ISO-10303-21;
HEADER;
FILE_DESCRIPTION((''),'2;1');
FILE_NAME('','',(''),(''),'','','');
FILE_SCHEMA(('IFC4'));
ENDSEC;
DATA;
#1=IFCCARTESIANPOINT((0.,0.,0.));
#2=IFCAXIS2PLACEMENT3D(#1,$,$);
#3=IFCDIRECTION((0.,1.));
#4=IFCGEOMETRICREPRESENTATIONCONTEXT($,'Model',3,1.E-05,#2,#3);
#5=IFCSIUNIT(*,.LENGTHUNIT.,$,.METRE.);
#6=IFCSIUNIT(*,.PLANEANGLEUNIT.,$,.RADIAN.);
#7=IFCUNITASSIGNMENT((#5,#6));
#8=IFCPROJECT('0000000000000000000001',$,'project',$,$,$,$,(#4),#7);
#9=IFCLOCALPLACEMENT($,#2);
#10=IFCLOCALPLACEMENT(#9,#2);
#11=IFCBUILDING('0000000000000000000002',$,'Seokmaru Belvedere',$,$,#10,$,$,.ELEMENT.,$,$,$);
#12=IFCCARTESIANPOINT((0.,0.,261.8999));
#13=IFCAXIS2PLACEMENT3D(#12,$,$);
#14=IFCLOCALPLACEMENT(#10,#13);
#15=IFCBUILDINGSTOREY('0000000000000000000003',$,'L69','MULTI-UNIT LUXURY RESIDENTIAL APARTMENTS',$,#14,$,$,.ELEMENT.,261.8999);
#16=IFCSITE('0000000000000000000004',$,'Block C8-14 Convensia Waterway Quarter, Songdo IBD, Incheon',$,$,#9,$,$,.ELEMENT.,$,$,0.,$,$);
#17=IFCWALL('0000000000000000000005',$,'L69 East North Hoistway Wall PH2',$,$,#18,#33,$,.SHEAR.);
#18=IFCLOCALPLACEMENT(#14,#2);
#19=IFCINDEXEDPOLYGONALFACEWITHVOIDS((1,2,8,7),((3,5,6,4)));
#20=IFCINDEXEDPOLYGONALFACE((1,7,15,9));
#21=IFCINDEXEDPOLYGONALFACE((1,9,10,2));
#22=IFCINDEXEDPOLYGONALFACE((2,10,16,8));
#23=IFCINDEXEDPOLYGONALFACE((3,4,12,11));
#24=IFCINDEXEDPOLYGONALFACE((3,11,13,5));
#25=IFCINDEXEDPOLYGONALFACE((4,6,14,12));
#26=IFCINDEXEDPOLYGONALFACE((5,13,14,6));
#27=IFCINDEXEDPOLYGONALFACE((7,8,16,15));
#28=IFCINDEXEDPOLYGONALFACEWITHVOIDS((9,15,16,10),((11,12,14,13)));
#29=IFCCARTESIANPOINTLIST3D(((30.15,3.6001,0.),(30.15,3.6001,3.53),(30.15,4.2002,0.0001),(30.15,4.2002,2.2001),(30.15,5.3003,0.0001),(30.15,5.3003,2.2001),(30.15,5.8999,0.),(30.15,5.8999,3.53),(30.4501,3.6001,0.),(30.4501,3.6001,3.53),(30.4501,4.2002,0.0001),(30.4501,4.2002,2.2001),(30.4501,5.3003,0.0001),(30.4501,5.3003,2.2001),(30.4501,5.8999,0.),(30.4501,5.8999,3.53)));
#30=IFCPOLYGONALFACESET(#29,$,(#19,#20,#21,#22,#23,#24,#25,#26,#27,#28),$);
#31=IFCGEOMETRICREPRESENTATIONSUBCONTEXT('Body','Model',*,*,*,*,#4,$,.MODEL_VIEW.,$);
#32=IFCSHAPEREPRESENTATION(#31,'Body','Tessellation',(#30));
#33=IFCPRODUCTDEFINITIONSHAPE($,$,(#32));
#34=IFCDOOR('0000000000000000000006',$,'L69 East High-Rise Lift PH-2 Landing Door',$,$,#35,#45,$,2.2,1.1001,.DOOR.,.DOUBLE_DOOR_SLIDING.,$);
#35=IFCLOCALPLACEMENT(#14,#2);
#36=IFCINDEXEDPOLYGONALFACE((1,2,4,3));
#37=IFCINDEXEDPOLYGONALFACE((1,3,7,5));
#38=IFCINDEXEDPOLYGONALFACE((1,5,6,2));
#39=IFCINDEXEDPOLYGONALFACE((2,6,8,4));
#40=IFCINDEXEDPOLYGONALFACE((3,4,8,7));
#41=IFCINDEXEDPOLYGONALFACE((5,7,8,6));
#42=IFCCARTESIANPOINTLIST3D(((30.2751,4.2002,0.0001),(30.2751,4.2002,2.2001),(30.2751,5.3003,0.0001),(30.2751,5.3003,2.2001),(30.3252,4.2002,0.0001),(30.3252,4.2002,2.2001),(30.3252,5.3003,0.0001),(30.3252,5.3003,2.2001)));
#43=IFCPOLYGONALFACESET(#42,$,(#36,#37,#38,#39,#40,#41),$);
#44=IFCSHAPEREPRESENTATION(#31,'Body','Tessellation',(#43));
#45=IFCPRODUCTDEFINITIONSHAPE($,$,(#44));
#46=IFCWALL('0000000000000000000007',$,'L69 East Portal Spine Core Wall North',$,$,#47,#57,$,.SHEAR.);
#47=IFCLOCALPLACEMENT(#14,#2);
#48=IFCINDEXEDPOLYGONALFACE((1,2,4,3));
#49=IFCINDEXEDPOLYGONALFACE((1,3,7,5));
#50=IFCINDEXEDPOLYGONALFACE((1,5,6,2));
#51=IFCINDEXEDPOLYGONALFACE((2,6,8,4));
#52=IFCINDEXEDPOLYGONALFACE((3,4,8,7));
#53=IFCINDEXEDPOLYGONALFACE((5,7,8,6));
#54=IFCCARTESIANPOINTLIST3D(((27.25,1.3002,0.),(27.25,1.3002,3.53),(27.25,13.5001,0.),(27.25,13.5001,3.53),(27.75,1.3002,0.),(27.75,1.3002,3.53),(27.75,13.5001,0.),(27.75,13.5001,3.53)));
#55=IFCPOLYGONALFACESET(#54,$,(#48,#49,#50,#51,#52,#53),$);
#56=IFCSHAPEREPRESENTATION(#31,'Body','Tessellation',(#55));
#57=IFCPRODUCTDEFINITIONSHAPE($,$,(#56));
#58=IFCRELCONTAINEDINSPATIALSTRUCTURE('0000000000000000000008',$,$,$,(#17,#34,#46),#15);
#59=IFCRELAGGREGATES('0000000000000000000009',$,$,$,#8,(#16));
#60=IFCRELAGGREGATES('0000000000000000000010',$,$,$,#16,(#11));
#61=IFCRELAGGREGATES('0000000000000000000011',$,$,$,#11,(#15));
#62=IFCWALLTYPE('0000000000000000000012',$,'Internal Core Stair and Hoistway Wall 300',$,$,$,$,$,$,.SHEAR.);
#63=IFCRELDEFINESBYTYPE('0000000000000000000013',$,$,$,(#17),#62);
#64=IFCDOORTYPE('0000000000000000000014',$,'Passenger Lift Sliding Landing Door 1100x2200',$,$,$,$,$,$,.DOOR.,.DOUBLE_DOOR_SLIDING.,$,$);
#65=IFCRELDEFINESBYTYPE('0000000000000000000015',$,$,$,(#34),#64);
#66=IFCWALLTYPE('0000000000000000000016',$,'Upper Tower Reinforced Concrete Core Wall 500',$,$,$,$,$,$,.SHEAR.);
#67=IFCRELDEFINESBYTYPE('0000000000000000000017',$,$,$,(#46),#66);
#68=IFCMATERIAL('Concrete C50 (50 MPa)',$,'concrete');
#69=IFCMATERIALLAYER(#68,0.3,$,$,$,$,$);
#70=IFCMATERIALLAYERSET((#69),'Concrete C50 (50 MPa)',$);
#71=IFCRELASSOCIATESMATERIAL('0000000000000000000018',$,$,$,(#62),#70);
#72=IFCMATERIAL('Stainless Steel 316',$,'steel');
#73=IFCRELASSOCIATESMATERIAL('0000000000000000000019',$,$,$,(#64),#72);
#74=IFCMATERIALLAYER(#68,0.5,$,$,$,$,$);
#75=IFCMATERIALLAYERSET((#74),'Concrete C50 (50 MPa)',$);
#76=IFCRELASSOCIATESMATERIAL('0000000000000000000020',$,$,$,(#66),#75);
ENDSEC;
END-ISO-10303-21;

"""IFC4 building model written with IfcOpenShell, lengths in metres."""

from ifc_helpers import new_model, si_unit, direction, frame, frame_2d, origin, place, context, subcontext, project, spatial, rectangle, extrude, source, transform, mapped, material, layer, layer_set, type_object, type_shapes, element, fill, save


model = new_model("IFC4")

# Units and contexts
model_context = context("Model", 3, precision=1e-05, world=origin(), true_north=direction((0.0, 1.0)))
body_context = subcontext(model_context, "Body", "Model", "MODEL_VIEW")
ifc_project = project(units=[si_unit("LENGTHUNIT", "METRE"), si_unit("PLANEANGLEUNIT", "RADIAN")], contexts=[model_context])

# Site, building, storey
site_placement = place(None, origin())
site = spatial("IfcSite", under=ifc_project, at=site_placement, Name="Block C8-14 Convensia Waterway Quarter, Songdo IBD, Incheon", CompositionType="ELEMENT", RefElevation=0.0)
building_placement = place(site_placement, origin())
building = spatial("IfcBuilding", under=site, at=building_placement, Name="Seokmaru Belvedere", CompositionType="ELEMENT")
storey_placement = place(building_placement, frame((0.0, 0.0, 261.8999)))
storey = spatial("IfcBuildingStorey", under=building, at=storey_placement, Name="L69", Description="MULTI-UNIT LUXURY RESIDENTIAL APARTMENTS", CompositionType="ELEMENT", Elevation=261.8999)

# Shared definitions
ifc_material_1 = material(Name="Concrete C50 (50 MPa)", Category="concrete")

# Wall, opening, door
ifc_layer_1 = layer(ifc_material_1, 0.3)
ifc_layer_set_1 = layer_set([ifc_layer_1], Name="Concrete C50 (50 MPa)")
wall_type_1 = type_object("IfcWallType", Name="Internal Core Stair and Hoistway Wall 300", PredefinedType="SHEAR", material=ifc_layer_set_1)
ifc_material_2 = material(Name="Stainless Steel 316", Category="steel")
door_type_1 = type_object("IfcDoorType", Name="Passenger Lift Sliding Landing Door 1100x2200", OperationType="DOUBLE_DOOR_SLIDING", PredefinedType="DOOR", material=ifc_material_2)
shared_shape_1 = source(origin(), body_context, "Body", "SweptSolid", [
    extrude(rectangle(XDim=1.1001, YDim=2.2, at=frame_2d((0.55, 1.1001))), frame((0.0, 0.0249, 0.0), z_axis=(0.0, -1.0, 0.0), x_axis=(1.0, 0.0, 0.0)), (0.0, 0.0, 1.0), 0.05),
])
type_shapes(door_type_1, [shared_shape_1])
wall_1_placement = place(storey_placement, frame((30.3, 3.6001, 0.0), z_axis=(0.0, 0.0, 1.0), x_axis=(0.0, 1.0, 0.0)))
wall_1 = element("IfcWall", 1, at=wall_1_placement, inside=storey, type_object=wall_type_1, Name="L69 East North Hoistway Wall PH2", PredefinedType="SHEAR", context=body_context, shape_type="SweptSolid", body=[
    extrude(rectangle(XDim=2.2998, YDim=0.3, at=frame_2d((1.1499, 0.0))), origin(), (0.0, 0.0, 1.0), 3.53),
])
opening_1_placement = place(wall_1_placement, frame((0.6001, 0.0, 0.0)))
opening_1 = element("IfcOpeningElement", 2, at=opening_1_placement, cuts=wall_1, PredefinedType="OPENING", context=body_context, shape_type="SweptSolid", body=[
    extrude(rectangle(XDim=1.1001, YDim=2.2, at=frame_2d((0.55, 1.1001))), frame((0.0, 0.1602, 0.0), z_axis=(0.0, -1.0, 0.0), x_axis=(1.0, 0.0, 0.0)), (0.0, 0.0, 1.0), 0.3201),
])
door_1_placement = place(opening_1_placement, origin())
door_1 = element("IfcDoor", 3, at=door_1_placement, inside=storey, type_object=door_type_1, Name="L69 East High-Rise Lift PH-2 Landing Door", OperationType="DOUBLE_DOOR_SLIDING", OverallHeight=2.2, OverallWidth=1.1001, PredefinedType="DOOR", context=body_context, shape_type="MappedRepresentation", body=[
    mapped(shared_shape_1, transform((0.0, 0.0, 0.0), scale=1.0)),
])
fill(opening_1, door_1)

# Wall
ifc_layer_2 = layer(ifc_material_1, 0.5)
ifc_layer_set_2 = layer_set([ifc_layer_2], Name="Concrete C50 (50 MPa)")
wall_type_2 = type_object("IfcWallType", Name="Upper Tower Reinforced Concrete Core Wall 500", PredefinedType="SHEAR", material=ifc_layer_set_2)
wall_2_placement = place(storey_placement, frame((27.5, 1.3, 0.0), z_axis=(0.0, 0.0, 1.0), x_axis=(0.0, 1.0, 0.0)))
element("IfcWall", 4, at=wall_2_placement, inside=storey, type_object=wall_type_2, Name="L69 East Portal Spine Core Wall North", PredefinedType="SHEAR", context=body_context, shape_type="SweptSolid", body=[
    extrude(rectangle(XDim=12.2, YDim=0.5, at=frame_2d((6.1001, 0.0))), origin(), (0.0, 0.0, 1.0), 3.53),
])

save(model, "model.ifc")
